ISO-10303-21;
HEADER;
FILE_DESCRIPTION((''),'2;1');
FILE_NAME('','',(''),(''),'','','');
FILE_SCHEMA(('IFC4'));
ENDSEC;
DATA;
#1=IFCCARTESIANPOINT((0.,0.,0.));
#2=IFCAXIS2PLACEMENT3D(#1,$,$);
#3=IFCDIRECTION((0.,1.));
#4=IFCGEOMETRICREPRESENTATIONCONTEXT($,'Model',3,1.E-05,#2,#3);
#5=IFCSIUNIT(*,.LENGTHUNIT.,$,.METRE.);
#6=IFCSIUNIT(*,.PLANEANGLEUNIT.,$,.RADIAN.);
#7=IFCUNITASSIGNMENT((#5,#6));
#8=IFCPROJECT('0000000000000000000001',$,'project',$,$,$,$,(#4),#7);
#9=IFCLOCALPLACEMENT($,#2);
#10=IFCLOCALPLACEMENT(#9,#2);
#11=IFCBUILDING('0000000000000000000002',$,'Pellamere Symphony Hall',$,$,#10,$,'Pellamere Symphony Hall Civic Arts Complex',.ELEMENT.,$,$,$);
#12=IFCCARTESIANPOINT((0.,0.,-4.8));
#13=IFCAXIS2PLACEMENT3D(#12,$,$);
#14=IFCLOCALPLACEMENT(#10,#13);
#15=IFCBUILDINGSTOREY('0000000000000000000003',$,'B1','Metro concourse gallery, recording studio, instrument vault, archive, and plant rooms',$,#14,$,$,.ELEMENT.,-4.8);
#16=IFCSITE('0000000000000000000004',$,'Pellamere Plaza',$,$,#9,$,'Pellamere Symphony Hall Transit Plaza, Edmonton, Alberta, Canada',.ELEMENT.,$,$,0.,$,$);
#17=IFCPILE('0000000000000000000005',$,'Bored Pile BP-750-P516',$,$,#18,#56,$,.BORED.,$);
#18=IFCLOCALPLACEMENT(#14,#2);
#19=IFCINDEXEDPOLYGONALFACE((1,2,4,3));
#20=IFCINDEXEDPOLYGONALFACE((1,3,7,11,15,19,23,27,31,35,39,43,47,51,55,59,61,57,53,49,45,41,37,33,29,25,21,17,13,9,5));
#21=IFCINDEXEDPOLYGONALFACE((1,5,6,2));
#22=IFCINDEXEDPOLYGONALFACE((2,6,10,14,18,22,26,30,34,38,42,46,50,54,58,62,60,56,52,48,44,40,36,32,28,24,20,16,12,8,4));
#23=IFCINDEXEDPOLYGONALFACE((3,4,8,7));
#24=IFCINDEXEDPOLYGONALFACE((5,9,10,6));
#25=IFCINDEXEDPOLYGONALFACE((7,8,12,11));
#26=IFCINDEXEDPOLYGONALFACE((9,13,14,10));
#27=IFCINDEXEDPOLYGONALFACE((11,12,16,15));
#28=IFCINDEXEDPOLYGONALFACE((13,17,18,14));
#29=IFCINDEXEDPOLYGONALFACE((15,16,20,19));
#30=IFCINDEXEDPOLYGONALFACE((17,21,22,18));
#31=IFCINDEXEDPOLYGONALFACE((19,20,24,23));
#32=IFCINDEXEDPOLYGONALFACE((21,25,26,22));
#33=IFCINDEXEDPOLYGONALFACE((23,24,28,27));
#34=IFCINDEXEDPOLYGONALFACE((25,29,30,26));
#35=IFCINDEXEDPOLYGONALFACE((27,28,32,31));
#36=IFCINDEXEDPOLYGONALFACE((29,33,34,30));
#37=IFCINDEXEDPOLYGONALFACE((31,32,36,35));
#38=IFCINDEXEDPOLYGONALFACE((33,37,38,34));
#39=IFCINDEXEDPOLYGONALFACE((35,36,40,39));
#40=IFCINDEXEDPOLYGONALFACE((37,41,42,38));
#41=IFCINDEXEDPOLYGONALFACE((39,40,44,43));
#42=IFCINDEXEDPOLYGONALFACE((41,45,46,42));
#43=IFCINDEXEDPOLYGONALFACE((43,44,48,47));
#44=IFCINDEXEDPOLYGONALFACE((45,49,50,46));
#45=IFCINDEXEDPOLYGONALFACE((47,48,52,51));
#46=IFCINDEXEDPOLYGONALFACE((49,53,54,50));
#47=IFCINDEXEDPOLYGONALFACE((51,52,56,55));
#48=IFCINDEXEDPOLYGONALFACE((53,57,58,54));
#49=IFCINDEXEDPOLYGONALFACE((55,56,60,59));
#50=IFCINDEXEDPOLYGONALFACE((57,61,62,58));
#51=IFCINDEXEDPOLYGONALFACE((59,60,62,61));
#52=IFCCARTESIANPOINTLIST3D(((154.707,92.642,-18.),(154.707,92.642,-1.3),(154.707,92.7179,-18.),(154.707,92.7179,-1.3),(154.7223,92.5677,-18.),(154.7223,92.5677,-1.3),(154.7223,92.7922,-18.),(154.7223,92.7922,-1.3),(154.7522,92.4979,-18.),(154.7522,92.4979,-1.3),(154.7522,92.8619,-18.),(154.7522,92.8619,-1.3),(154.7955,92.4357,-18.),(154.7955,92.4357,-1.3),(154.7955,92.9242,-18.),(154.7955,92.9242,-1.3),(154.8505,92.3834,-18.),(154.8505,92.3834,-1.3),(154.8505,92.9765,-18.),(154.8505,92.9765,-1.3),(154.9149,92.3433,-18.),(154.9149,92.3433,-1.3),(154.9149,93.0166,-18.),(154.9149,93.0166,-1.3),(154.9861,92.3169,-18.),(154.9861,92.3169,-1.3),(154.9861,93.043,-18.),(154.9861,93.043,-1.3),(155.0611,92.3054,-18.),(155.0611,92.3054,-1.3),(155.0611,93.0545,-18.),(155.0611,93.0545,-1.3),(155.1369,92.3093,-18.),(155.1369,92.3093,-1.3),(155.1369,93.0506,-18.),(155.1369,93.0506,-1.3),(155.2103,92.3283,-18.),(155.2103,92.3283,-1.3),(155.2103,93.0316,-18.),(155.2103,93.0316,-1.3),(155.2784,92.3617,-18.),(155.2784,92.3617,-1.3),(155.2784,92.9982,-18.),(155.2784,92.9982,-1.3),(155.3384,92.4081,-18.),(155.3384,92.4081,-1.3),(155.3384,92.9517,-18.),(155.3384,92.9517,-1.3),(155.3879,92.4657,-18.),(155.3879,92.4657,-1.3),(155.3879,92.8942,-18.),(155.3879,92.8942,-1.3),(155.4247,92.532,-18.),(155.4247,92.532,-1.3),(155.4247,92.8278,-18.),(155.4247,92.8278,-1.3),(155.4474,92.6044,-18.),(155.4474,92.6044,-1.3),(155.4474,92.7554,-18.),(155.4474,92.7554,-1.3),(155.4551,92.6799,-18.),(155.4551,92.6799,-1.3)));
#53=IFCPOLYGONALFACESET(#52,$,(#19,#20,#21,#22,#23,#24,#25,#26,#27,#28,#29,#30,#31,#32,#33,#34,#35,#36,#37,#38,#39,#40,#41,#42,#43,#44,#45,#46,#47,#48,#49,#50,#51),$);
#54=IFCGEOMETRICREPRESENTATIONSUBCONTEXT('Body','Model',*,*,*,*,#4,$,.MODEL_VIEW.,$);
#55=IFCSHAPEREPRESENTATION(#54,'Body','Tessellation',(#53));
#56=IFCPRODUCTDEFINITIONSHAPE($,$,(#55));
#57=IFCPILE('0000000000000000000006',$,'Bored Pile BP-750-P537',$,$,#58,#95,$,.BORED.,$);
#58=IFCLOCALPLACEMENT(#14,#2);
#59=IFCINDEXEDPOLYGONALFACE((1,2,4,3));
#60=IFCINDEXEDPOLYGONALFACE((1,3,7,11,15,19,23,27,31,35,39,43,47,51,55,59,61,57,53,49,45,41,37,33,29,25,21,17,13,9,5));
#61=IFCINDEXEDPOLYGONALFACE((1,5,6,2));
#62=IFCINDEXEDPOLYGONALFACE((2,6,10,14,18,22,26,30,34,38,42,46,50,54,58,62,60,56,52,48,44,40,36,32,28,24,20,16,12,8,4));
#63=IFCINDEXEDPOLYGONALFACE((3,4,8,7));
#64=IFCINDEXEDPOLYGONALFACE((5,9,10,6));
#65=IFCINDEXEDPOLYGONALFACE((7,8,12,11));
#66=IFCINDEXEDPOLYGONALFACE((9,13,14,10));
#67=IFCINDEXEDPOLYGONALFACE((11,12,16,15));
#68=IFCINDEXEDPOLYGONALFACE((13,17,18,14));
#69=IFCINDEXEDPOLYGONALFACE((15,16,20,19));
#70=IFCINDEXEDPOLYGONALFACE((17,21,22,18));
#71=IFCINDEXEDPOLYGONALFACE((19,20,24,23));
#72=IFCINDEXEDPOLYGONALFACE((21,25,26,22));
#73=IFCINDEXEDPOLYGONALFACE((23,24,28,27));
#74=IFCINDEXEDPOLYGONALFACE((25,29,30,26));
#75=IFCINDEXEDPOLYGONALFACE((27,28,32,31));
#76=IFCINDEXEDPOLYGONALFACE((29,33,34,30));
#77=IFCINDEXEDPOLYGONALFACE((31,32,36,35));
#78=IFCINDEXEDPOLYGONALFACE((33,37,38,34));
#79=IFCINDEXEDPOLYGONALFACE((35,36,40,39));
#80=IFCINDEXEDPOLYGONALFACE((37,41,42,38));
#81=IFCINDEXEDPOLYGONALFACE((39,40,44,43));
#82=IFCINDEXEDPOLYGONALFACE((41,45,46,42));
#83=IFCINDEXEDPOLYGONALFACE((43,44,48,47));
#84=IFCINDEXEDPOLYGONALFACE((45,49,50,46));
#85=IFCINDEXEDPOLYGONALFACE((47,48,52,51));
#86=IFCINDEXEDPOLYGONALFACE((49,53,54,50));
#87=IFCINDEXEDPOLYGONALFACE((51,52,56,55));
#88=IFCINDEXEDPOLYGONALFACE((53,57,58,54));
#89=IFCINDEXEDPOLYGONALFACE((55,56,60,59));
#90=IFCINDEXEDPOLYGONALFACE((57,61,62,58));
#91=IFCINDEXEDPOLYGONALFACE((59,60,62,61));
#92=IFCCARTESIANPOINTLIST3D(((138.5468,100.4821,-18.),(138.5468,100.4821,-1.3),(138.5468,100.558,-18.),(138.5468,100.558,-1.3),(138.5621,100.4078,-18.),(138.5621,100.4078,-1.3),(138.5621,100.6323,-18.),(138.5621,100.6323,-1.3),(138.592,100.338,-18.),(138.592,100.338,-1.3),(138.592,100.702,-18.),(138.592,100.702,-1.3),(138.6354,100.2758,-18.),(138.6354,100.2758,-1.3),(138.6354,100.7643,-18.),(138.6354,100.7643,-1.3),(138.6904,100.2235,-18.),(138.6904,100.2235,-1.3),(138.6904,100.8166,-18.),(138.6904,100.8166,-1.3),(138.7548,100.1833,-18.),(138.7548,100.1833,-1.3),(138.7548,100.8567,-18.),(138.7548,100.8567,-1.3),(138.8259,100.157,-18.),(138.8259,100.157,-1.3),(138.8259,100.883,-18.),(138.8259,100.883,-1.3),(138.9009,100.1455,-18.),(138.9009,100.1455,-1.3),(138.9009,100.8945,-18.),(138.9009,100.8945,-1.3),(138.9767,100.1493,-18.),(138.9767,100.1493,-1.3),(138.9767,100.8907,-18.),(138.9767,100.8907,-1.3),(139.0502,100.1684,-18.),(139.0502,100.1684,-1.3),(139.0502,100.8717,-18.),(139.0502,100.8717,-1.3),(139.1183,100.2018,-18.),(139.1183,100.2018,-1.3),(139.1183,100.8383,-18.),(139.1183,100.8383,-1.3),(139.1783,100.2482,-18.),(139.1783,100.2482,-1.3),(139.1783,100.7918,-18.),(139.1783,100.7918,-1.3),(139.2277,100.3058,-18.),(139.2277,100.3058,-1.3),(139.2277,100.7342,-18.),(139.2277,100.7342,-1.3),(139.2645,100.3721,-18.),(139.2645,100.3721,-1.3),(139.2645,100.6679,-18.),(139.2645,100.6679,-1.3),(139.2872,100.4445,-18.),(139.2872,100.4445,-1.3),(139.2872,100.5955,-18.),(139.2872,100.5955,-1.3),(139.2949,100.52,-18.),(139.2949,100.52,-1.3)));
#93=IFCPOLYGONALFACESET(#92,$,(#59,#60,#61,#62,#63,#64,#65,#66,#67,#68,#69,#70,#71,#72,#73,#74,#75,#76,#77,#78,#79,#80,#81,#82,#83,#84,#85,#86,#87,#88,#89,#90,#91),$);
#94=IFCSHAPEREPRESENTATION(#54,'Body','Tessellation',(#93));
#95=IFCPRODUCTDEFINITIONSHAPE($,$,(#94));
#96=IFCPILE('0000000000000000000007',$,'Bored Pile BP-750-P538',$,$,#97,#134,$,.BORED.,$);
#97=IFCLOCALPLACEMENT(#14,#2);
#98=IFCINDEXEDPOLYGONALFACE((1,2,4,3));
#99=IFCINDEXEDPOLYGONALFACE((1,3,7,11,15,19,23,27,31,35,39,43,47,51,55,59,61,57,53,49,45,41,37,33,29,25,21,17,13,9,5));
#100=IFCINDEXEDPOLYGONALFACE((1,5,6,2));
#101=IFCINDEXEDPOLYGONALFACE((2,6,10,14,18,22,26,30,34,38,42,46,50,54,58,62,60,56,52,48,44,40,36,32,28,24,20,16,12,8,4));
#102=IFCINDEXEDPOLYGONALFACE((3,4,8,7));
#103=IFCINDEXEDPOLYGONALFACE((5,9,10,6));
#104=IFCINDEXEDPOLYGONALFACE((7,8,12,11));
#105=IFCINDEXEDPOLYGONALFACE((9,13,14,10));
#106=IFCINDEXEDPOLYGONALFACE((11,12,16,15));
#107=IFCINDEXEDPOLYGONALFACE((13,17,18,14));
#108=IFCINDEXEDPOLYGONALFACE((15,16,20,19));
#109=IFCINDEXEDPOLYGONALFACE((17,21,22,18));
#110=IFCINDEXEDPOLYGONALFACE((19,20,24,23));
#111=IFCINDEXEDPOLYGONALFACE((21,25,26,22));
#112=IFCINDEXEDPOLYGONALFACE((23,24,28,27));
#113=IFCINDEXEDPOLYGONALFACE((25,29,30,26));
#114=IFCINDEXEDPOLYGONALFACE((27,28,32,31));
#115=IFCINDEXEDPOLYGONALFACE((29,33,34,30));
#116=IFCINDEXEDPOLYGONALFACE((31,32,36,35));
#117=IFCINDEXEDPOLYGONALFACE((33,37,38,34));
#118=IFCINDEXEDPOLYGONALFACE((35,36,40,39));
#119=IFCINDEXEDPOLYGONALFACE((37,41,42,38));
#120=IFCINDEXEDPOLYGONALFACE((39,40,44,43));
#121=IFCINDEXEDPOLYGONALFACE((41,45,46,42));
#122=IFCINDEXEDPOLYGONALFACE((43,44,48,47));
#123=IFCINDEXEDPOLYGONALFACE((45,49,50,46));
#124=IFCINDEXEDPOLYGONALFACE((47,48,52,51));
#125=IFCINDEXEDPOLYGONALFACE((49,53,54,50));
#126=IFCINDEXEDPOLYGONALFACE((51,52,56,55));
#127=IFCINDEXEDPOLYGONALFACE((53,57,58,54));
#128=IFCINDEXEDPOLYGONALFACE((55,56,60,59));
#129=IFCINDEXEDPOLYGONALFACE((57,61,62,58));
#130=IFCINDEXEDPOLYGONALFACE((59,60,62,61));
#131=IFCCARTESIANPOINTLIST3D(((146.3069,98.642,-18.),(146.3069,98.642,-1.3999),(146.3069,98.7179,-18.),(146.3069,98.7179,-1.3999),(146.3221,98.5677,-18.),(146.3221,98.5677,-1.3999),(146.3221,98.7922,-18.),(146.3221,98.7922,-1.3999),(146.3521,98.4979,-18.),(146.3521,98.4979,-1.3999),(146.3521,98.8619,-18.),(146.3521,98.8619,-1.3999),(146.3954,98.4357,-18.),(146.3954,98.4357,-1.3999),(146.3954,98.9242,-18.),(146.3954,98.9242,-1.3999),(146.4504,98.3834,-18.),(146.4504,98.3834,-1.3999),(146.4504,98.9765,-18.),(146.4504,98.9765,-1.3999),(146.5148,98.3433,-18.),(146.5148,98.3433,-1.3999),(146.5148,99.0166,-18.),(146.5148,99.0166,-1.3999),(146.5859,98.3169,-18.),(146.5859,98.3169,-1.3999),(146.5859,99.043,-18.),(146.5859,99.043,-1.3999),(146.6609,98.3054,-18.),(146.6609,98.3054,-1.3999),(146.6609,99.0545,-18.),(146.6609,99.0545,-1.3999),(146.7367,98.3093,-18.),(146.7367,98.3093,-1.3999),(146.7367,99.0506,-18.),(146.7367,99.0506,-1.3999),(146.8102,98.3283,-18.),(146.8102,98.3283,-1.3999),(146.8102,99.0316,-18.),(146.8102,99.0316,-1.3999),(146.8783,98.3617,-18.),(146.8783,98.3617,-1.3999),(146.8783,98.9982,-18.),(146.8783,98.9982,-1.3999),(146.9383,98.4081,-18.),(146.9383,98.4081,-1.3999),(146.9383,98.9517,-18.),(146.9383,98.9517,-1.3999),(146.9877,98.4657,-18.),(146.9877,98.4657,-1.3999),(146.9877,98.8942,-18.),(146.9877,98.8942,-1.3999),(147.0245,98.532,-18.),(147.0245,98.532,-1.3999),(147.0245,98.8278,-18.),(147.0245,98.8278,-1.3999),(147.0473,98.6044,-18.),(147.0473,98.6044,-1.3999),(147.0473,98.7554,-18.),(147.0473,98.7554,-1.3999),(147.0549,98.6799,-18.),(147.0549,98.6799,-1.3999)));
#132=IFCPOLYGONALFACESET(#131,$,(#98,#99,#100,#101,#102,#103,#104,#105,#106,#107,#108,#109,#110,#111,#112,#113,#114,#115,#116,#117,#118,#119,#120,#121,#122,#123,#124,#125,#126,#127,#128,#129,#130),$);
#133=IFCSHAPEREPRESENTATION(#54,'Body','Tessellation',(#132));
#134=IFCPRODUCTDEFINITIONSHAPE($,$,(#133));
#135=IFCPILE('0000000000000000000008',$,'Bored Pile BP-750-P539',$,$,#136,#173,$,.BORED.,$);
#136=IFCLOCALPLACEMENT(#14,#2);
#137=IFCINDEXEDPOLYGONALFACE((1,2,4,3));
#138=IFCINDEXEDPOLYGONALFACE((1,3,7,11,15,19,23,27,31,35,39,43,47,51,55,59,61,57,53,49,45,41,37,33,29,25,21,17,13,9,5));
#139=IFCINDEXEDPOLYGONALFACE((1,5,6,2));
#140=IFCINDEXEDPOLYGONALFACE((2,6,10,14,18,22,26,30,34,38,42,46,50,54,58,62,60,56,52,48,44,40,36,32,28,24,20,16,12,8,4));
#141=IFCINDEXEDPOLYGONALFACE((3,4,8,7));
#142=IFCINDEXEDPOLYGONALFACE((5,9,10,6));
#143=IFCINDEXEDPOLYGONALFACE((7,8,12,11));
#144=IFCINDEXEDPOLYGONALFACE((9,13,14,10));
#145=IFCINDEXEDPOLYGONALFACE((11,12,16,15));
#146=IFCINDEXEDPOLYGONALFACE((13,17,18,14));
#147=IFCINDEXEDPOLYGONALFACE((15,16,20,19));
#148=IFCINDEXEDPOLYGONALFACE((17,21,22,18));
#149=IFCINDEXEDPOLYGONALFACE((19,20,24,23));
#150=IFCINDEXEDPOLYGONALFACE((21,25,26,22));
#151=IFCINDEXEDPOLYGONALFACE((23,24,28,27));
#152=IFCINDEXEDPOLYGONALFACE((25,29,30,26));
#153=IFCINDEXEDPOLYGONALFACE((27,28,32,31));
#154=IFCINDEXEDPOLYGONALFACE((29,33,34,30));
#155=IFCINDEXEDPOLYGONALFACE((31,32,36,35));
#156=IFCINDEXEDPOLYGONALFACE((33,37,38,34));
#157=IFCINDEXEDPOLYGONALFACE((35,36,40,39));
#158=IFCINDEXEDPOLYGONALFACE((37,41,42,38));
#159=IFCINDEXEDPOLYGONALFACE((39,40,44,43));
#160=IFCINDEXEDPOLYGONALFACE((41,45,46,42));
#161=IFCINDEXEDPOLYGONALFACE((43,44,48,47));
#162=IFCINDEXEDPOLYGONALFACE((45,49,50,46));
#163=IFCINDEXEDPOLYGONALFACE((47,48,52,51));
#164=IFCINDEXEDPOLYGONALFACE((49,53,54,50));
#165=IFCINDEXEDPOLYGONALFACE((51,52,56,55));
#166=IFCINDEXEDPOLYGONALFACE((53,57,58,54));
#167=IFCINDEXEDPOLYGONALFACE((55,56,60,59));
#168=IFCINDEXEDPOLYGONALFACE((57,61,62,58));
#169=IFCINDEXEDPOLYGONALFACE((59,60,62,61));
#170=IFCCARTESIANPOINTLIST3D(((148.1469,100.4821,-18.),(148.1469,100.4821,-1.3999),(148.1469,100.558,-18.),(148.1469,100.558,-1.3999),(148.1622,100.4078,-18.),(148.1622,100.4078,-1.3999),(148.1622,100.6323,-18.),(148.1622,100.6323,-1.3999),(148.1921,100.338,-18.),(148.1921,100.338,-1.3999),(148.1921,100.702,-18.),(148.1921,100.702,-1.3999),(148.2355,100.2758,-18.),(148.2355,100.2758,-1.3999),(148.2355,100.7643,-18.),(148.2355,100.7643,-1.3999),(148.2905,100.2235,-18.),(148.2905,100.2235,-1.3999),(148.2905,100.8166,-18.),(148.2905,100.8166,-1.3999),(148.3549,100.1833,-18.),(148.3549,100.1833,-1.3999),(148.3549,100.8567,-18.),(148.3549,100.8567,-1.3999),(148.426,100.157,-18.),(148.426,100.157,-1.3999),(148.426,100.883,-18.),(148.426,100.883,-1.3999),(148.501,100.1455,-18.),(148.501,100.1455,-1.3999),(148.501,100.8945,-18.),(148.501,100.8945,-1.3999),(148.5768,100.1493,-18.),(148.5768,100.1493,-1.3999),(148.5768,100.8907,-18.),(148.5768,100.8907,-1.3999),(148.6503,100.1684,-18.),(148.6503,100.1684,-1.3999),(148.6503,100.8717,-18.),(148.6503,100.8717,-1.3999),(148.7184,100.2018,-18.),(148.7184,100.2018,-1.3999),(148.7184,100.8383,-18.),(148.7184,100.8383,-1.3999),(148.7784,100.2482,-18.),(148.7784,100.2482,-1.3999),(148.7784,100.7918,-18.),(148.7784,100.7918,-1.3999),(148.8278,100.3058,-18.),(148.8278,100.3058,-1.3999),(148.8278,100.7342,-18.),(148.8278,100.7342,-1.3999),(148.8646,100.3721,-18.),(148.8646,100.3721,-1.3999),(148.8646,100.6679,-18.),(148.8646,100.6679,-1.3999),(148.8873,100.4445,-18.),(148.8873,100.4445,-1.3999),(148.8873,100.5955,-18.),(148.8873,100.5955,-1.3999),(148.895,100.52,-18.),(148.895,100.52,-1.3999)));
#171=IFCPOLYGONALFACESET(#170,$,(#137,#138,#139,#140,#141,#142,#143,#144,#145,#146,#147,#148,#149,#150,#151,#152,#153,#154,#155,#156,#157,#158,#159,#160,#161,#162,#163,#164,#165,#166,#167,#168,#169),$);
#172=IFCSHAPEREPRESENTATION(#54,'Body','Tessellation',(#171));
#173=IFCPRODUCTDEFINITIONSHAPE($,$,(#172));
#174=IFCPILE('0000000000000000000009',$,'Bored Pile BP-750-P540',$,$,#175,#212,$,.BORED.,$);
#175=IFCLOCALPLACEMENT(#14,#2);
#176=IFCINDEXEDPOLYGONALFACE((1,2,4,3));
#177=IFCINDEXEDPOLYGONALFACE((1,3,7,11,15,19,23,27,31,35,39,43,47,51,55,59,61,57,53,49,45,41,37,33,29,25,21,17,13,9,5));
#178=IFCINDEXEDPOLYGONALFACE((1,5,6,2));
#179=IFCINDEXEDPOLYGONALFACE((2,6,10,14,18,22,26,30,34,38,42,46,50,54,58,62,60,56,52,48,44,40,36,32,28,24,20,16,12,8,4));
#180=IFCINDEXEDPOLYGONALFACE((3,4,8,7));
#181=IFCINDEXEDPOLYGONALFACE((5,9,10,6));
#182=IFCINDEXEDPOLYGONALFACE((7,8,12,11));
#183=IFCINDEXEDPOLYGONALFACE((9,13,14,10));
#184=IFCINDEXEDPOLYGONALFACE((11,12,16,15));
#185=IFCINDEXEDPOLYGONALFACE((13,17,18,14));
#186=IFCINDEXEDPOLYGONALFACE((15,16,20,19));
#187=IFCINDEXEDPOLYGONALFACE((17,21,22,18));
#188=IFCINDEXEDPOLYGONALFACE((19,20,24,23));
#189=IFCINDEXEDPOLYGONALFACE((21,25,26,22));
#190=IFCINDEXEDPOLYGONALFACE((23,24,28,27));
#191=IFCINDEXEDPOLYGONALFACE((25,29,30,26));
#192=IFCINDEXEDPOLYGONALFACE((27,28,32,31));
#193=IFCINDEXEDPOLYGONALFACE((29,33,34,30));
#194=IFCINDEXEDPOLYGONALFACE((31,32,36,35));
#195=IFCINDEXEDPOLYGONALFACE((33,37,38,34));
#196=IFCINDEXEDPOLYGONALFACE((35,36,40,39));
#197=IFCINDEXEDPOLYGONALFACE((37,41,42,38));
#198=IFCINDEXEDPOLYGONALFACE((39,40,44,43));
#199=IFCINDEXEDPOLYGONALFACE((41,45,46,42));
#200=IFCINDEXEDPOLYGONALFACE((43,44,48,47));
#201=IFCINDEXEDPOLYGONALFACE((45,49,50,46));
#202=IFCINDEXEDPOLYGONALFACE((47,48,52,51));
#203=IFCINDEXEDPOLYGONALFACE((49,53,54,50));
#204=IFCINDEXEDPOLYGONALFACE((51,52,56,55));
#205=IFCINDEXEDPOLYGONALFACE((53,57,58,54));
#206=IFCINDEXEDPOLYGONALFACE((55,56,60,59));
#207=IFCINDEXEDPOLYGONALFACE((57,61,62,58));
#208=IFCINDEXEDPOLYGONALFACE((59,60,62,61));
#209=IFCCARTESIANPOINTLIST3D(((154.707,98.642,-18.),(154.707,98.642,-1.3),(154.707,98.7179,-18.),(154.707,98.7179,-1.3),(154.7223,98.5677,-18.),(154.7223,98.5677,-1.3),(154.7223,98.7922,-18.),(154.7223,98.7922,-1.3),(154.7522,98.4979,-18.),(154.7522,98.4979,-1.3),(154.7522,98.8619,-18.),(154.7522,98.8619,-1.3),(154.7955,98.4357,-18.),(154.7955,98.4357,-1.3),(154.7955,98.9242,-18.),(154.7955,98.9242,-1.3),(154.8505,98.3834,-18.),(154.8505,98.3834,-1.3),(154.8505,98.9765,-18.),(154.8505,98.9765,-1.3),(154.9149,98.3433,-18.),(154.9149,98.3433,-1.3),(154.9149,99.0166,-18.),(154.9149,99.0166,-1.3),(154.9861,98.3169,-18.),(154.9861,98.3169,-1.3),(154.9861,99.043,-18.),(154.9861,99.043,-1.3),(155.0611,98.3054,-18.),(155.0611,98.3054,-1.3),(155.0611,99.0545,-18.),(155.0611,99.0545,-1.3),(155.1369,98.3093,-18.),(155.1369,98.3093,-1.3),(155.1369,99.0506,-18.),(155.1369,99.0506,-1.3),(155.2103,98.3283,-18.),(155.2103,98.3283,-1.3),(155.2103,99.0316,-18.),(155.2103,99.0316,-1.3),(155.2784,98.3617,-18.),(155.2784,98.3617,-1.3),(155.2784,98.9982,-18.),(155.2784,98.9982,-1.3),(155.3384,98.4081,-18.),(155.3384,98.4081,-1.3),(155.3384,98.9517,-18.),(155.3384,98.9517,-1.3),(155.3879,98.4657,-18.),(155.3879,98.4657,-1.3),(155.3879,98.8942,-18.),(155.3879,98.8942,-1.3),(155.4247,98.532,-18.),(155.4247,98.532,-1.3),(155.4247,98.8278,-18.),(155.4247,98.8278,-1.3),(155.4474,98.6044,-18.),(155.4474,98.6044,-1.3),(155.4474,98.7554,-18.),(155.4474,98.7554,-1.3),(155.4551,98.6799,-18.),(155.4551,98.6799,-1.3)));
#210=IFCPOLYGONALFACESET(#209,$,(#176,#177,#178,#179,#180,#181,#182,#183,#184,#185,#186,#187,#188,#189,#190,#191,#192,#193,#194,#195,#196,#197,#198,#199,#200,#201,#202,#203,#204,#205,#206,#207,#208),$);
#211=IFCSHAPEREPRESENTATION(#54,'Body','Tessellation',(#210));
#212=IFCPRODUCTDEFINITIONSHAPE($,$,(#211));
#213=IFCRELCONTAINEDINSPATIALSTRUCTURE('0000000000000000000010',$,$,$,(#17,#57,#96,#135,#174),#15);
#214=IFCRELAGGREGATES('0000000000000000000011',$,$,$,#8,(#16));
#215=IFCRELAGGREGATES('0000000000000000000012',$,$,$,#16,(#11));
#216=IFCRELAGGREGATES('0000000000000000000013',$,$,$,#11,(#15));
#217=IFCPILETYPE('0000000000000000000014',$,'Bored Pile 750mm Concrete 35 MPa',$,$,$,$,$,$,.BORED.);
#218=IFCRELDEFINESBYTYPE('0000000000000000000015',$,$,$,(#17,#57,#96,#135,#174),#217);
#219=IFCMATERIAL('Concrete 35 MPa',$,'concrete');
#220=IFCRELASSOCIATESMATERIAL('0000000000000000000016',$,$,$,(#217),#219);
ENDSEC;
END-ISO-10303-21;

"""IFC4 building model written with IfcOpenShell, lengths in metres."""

from ifc_helpers import new_model, si_unit, direction, frame, origin, origin_2d, place, context, subcontext, project, spatial, circle, extrude, material, material_profile, profile_set, type_object, element, save


model = new_model("IFC4")

# Units and contexts
model_context = context("Model", 3, precision=1e-05, world=origin(), true_north=direction((0.0, 1.0)))
body_context = subcontext(model_context, "Body", "Model", "MODEL_VIEW")
ifc_project = project(units=[si_unit("LENGTHUNIT", "METRE"), si_unit("PLANEANGLEUNIT", "RADIAN")], contexts=[model_context])

# Site, building, storey
site_placement = place(None, origin())
site = spatial("IfcSite", under=ifc_project, at=site_placement, Name="Pellamere Plaza", LongName="Pellamere Symphony Hall Transit Plaza, Edmonton, Alberta, Canada", CompositionType="ELEMENT", RefElevation=0.0)
building_placement = place(site_placement, origin())
building = spatial("IfcBuilding", under=site, at=building_placement, Name="Pellamere Symphony Hall", LongName="Pellamere Symphony Hall Civic Arts Complex", CompositionType="ELEMENT")
storey_placement = place(building_placement, frame((0.0, 0.0, -4.8)))
storey = spatial("IfcBuildingStorey", under=building, at=storey_placement, Name="B1", Description="Metro concourse gallery, recording studio, instrument vault, archive, and plant rooms", CompositionType="ELEMENT", Elevation=-4.8)

# Piles
ifc_material_1 = material(Name="Concrete 35 MPa", Category="concrete")
ifc_material_profile_1 = material_profile(ifc_material_1, circle(Radius=0.375, at=origin_2d()), Name="PILE D750")
ifc_profile_set_1 = profile_set([ifc_material_profile_1], Name="Concrete 35 MPa")
pile_type = type_object("IfcPileType", Name="Bored Pile 750mm Concrete 35 MPa", PredefinedType="BORED", material=ifc_profile_set_1)
for number, where, z_axis, x_axis, name in (
    (1, (155.0801, 92.6799, -1.3), (0.0, 0.0, -1.0), (1.0, 0.0, 0.0), "Bored Pile BP-750-P516"),
    (2, (138.9199, 100.52, -1.3), (0.0, 0.0, -1.0), (1.0, 0.0, 0.0), "Bored Pile BP-750-P537"),
):
    element("IfcPile", number, at=place(storey_placement, frame(where, z_axis=z_axis, x_axis=x_axis)), inside=storey, type_object=pile_type, Name=name, PredefinedType="BORED", context=body_context, shape_type="SweptSolid", body=[
        extrude(circle(Radius=0.375, at=origin_2d()), origin(), (0.0, 0.0, 1.0), 16.7),
    ])
for number, where, z_axis, x_axis, name in (
    (3, (146.6799, 98.6799, -1.3999), (0.0, 0.0, -1.0), (1.0, 0.0, 0.0), "Bored Pile BP-750-P538"),
    (4, (148.52, 100.52, -1.3999), (0.0, 0.0, -1.0), (1.0, 0.0, 0.0), "Bored Pile BP-750-P539"),
):
    element("IfcPile", number, at=place(storey_placement, frame(where, z_axis=z_axis, x_axis=x_axis)), inside=storey, type_object=pile_type, Name=name, PredefinedType="BORED", context=body_context, shape_type="SweptSolid", body=[
        extrude(circle(Radius=0.375, at=origin_2d()), origin(), (0.0, 0.0, 1.0), 16.6001),
    ])
pile_1_placement = place(storey_placement, frame((155.0801, 98.6799, -1.3), z_axis=(0.0, 0.0, -1.0), x_axis=(1.0, 0.0, 0.0)))
element("IfcPile", 5, at=pile_1_placement, inside=storey, type_object=pile_type, Name="Bored Pile BP-750-P540", PredefinedType="BORED", context=body_context, shape_type="SweptSolid", body=[
    extrude(circle(Radius=0.375, at=origin_2d()), origin(), (0.0, 0.0, 1.0), 16.7),
])

save(model, "model.ifc")
